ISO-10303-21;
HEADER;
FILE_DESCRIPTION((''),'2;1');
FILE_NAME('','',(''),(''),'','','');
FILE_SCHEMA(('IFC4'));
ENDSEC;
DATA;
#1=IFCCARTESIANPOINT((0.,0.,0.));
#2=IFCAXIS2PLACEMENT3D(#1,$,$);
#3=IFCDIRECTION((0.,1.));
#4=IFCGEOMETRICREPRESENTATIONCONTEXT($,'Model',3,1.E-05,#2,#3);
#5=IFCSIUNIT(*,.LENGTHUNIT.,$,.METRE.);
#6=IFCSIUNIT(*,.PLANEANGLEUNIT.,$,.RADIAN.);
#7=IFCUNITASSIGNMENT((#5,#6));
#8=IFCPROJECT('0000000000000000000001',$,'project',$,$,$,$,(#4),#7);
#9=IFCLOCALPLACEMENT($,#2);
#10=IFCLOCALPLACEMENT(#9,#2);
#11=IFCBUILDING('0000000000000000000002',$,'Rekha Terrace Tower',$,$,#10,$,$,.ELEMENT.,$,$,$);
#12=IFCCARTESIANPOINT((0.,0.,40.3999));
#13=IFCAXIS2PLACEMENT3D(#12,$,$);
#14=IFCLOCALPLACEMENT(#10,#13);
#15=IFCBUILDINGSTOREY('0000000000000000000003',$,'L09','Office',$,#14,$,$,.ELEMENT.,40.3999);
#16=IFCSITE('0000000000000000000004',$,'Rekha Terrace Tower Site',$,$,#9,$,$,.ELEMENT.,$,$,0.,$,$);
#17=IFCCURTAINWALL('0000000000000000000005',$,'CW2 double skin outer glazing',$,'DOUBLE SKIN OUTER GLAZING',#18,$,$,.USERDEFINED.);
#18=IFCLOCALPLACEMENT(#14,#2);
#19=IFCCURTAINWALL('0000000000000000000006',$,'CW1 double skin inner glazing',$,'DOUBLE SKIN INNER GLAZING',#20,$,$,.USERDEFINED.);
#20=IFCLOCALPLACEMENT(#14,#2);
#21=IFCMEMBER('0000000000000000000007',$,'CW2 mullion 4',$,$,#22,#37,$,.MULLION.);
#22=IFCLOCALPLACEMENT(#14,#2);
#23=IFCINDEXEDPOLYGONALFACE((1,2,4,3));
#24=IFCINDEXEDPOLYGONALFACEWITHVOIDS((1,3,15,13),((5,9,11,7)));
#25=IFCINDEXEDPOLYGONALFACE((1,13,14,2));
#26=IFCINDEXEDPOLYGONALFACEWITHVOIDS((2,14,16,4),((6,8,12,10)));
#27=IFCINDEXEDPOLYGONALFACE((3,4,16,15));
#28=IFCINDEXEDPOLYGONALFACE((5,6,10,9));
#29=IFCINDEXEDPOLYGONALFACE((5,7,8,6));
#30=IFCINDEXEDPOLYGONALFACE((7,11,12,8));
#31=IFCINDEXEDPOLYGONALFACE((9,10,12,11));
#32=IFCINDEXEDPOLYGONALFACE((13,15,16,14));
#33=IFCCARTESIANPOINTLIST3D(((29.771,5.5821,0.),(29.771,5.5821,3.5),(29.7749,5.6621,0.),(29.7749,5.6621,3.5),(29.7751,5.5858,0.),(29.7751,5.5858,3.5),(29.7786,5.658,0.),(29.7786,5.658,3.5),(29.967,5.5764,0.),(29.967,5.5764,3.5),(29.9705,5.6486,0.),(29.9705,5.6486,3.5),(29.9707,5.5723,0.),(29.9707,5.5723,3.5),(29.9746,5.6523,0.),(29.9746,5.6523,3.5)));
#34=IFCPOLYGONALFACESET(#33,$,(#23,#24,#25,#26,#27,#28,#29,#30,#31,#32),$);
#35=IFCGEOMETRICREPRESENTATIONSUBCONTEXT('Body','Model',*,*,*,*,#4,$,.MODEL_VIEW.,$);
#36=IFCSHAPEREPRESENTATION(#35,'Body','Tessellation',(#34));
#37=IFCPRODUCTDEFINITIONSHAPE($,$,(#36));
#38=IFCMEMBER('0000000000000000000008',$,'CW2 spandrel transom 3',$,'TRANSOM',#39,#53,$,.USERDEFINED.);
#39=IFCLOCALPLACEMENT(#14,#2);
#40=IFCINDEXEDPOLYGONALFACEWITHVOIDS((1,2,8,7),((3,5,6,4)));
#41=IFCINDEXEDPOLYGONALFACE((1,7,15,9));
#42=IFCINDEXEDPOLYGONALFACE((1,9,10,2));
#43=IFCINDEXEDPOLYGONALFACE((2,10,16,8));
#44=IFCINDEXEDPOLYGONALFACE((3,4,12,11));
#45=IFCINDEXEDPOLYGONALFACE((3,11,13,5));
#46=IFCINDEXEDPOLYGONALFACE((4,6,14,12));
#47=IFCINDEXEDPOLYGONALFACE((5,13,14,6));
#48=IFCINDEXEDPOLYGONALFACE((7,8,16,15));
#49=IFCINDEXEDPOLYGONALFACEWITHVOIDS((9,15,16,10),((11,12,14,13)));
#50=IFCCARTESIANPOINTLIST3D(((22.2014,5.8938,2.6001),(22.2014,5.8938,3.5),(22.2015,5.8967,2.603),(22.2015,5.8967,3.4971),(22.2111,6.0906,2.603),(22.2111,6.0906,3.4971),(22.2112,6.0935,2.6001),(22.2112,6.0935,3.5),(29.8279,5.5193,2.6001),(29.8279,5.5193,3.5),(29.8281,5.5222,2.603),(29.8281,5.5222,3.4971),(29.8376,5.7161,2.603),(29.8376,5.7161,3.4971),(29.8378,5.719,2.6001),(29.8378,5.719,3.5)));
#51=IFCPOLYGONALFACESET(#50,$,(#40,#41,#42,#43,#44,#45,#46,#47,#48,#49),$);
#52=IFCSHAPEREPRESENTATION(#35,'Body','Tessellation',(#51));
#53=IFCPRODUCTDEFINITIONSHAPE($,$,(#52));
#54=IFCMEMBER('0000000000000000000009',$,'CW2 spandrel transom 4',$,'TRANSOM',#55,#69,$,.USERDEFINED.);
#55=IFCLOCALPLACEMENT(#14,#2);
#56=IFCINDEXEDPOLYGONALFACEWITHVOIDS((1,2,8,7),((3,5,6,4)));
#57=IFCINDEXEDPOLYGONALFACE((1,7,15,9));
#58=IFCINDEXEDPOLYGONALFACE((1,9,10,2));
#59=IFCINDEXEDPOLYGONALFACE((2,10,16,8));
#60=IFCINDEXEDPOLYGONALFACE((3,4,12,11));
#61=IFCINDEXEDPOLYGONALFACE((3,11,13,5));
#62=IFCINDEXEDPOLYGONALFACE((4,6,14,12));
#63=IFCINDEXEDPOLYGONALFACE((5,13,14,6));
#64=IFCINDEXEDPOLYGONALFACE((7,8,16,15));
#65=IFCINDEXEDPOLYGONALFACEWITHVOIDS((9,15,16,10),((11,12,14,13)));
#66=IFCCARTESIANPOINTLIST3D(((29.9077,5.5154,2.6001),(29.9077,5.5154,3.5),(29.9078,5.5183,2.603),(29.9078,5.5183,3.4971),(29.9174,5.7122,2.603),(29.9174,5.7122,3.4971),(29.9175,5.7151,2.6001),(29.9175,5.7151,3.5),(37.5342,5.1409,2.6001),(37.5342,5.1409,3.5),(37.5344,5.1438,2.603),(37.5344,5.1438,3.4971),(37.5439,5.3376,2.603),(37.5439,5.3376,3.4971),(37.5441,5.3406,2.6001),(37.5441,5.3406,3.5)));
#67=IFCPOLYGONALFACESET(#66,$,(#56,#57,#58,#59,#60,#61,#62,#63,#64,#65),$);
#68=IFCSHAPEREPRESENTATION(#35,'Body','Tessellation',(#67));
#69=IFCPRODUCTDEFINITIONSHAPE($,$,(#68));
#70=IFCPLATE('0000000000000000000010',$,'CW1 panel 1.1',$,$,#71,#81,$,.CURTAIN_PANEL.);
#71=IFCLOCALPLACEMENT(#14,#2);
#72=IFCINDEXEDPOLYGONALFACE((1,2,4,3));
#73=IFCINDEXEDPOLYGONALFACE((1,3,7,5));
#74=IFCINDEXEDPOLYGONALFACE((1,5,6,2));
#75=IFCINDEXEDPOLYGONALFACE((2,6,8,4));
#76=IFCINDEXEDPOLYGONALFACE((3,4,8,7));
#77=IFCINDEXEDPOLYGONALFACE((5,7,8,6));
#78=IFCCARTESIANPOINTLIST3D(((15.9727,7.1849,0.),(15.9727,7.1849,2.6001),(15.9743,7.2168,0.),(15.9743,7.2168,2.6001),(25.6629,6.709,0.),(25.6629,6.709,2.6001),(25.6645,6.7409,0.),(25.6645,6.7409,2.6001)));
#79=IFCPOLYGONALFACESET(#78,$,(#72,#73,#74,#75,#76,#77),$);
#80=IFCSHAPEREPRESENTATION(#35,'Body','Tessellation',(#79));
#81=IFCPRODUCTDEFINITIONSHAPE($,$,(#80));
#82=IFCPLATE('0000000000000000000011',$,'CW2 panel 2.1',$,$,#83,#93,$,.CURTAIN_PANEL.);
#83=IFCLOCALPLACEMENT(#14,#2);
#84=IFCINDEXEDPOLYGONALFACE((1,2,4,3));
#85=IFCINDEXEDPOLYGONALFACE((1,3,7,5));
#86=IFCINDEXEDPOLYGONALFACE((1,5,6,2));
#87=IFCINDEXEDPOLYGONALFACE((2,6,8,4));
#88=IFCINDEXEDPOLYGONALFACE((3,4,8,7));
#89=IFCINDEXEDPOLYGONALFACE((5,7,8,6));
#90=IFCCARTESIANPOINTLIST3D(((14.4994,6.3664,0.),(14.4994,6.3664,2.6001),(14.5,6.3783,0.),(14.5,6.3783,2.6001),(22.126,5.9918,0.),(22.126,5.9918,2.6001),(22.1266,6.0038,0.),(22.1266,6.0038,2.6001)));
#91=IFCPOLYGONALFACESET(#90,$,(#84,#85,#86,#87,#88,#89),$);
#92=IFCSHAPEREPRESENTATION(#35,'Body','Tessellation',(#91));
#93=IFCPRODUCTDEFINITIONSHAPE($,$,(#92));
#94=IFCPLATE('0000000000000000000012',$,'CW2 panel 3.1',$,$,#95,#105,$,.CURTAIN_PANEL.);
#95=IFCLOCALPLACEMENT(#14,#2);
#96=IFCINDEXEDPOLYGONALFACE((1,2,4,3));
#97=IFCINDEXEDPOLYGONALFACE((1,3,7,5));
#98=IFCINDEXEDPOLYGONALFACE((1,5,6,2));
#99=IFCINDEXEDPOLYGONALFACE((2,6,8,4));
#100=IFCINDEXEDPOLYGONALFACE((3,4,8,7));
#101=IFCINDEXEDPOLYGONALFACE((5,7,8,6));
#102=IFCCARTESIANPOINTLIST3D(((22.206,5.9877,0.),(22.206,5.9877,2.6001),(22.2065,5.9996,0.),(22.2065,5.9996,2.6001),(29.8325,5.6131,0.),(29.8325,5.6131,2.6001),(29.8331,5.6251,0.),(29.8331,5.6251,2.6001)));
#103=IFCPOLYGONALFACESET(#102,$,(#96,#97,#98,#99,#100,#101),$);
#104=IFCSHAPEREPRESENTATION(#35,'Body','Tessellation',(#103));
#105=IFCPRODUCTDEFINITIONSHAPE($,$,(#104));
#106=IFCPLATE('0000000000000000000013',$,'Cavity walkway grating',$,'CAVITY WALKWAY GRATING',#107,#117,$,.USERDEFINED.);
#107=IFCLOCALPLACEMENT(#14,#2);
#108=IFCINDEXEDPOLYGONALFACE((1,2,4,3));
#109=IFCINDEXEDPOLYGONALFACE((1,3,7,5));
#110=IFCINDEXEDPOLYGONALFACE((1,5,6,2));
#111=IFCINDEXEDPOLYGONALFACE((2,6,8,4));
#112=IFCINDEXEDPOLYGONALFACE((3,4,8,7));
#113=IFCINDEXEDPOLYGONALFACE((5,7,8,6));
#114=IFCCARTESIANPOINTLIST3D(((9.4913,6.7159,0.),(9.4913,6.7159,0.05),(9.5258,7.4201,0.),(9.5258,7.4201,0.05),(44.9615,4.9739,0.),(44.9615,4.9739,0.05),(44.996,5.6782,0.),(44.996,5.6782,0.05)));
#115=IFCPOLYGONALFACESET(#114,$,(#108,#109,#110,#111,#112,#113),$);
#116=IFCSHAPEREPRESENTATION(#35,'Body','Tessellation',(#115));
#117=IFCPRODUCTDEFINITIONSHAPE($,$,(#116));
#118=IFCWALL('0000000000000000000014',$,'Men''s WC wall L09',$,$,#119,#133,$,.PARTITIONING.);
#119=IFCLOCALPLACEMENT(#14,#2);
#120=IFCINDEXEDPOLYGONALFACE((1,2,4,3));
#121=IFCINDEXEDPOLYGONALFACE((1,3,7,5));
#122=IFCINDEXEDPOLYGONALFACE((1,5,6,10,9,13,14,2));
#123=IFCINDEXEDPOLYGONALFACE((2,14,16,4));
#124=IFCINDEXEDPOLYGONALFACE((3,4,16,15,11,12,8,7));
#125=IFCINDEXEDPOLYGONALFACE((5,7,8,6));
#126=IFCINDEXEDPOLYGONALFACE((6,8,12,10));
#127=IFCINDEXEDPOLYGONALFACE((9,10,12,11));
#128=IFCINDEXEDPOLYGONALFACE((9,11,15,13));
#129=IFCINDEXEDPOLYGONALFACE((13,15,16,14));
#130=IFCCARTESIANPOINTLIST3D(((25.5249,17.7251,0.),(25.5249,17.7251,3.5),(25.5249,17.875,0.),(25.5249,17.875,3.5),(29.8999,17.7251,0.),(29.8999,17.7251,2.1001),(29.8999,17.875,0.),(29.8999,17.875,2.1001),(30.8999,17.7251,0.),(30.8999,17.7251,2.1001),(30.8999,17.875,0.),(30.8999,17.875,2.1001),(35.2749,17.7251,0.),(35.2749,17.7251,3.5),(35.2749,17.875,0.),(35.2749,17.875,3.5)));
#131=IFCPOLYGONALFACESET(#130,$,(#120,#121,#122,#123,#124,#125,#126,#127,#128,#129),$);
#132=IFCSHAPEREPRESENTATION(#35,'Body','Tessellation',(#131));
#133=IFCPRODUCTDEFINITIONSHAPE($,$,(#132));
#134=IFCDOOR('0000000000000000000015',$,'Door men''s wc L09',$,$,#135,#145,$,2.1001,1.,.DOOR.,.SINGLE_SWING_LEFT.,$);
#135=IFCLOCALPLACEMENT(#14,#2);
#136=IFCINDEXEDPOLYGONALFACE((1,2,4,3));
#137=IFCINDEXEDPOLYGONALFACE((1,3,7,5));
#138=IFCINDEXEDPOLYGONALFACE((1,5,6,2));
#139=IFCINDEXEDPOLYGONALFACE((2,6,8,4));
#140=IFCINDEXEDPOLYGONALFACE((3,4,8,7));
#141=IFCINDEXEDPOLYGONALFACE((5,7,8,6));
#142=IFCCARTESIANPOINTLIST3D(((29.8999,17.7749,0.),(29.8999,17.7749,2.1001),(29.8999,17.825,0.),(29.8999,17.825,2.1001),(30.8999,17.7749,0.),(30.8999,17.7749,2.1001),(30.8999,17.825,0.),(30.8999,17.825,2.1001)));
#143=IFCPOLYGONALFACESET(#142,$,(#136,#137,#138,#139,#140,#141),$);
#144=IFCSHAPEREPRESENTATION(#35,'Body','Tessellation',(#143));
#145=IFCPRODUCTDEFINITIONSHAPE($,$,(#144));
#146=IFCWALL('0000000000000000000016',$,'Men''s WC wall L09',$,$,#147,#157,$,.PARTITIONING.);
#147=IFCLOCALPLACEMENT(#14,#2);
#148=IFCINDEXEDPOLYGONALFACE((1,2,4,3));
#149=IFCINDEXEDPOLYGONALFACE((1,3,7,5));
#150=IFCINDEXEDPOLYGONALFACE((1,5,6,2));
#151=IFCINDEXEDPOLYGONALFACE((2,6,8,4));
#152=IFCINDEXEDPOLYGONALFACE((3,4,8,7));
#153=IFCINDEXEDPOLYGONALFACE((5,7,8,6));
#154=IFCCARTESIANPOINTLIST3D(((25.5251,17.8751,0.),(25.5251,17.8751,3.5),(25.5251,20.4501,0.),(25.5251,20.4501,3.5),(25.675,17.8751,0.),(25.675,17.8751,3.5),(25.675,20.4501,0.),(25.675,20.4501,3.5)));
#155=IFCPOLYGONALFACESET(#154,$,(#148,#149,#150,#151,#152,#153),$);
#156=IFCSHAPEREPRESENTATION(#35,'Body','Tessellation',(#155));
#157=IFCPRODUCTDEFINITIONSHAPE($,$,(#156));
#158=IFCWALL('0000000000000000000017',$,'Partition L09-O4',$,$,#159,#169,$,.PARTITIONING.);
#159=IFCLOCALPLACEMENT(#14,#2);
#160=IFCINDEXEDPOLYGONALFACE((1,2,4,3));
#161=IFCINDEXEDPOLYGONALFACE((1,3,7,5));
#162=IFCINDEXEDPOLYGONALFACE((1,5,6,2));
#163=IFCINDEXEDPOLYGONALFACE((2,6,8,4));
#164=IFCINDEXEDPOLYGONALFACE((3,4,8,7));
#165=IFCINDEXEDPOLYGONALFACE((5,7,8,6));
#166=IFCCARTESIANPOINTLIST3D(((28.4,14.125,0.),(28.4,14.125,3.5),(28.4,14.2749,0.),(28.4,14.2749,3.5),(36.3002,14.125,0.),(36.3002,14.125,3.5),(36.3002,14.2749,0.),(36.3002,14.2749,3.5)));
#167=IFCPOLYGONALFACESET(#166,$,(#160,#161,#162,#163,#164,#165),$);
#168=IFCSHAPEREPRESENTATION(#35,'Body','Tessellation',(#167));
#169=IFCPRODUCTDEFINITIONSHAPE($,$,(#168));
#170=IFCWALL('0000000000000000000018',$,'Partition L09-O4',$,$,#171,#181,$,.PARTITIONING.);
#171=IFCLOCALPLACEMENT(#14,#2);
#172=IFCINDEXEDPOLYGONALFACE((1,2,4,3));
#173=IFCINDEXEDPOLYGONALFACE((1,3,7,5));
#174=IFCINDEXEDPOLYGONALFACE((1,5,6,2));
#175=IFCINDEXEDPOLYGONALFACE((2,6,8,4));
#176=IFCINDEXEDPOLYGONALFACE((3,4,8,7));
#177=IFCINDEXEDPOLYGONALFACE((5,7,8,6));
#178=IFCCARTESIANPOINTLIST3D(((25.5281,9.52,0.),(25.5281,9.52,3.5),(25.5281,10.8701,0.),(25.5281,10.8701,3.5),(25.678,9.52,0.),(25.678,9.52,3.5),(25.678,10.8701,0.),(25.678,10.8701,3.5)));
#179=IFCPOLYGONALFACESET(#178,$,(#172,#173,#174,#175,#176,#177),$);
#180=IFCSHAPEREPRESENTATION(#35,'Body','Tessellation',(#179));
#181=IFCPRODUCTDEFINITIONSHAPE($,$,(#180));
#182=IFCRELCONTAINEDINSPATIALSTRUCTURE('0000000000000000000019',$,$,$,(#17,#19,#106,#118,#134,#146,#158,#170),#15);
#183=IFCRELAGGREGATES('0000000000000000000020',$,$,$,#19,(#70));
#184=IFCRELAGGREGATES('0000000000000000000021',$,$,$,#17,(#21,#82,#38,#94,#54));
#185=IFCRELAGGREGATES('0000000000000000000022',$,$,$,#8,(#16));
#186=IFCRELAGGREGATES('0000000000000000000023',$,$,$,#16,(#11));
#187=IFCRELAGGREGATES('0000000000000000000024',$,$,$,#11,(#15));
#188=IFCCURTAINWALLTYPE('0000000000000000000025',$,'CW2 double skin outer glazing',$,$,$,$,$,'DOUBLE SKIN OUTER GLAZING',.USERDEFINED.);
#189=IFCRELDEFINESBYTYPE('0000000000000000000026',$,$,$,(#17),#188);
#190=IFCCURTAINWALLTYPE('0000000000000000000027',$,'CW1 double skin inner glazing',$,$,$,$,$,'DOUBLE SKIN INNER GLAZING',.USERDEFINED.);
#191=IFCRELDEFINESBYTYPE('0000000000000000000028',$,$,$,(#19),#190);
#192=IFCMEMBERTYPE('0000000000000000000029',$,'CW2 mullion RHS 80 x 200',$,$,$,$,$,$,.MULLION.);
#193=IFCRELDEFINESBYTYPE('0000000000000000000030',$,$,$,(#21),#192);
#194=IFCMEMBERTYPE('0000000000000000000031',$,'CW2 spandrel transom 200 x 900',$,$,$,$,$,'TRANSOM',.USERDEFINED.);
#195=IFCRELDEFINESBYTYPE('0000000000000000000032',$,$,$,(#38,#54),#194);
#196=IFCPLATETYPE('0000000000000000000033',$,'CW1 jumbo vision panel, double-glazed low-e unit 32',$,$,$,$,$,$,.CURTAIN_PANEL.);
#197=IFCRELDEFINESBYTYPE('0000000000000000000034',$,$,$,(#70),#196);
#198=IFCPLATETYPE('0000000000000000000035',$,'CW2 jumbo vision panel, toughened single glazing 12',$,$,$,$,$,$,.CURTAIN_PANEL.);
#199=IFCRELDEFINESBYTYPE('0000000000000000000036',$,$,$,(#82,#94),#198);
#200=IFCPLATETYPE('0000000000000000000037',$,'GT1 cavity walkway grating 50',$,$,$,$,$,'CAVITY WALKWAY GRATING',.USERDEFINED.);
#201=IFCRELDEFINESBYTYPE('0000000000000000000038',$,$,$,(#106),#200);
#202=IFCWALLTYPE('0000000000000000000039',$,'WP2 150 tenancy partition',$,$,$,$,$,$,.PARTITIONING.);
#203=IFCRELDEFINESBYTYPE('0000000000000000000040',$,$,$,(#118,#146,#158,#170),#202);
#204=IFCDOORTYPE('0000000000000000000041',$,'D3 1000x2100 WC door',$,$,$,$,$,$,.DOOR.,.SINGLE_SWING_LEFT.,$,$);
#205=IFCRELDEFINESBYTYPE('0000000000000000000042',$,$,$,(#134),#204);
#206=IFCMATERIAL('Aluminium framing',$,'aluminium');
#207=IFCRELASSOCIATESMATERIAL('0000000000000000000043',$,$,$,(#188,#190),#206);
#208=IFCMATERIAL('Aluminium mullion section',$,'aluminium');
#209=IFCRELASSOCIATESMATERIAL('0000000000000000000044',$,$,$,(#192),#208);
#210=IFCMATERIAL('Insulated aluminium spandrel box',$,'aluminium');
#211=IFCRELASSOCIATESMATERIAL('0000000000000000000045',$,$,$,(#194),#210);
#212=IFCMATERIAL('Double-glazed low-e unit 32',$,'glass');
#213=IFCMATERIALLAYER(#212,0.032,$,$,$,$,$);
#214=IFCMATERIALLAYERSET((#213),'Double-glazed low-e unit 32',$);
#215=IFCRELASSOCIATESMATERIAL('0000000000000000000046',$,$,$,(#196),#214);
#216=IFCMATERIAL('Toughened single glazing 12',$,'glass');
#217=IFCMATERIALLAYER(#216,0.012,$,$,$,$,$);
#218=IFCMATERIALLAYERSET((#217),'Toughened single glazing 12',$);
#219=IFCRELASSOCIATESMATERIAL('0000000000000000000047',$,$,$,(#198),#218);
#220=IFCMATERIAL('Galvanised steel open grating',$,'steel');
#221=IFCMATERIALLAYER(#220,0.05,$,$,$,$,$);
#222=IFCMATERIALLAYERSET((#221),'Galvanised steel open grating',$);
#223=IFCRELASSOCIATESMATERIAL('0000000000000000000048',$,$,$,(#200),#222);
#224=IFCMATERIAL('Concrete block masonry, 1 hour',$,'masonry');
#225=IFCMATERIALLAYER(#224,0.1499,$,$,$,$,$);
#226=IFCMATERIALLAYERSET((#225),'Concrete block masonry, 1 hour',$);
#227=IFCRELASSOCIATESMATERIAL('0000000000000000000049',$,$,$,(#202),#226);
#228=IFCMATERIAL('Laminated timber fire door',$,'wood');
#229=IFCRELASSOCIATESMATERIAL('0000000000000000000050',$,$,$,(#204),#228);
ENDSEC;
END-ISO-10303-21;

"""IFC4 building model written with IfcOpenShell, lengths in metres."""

from ifc_helpers import new_model, si_unit, direction, frame, frame_2d, origin, origin_2d, place, context, subcontext, project, spatial, rectangle, hollow_rectangle, extrude, material, layer, layer_set, material_profile, profile_set, type_object, element, fill, aggregate, save


model = new_model("IFC4")

# Units and contexts
model_context = context("Model", 3, precision=1e-05, world=origin(), true_north=direction((0.0, 1.0)))
body_context = subcontext(model_context, "Body", "Model", "MODEL_VIEW")
ifc_project = project(units=[si_unit("LENGTHUNIT", "METRE"), si_unit("PLANEANGLEUNIT", "RADIAN")], contexts=[model_context])

# Site, building, storey
site_placement = place(None, origin())
site = spatial("IfcSite", under=ifc_project, at=site_placement, Name="Rekha Terrace Tower Site", CompositionType="ELEMENT", RefElevation=0.0)
building_placement = place(site_placement, origin())
building = spatial("IfcBuilding", under=site, at=building_placement, Name="Rekha Terrace Tower", CompositionType="ELEMENT")
storey_placement = place(building_placement, frame((0.0, 0.0, 40.3999)))
storey = spatial("IfcBuildingStorey", under=building, at=storey_placement, Name="L09", Description="Office", CompositionType="ELEMENT", Elevation=40.3999)

# Curtain wall
ifc_material_1 = material(Name="Aluminium framing", Category="aluminium")
curtain_wall_type_1 = type_object("IfcCurtainWallType", Name="CW2 double skin outer glazing", ElementType="DOUBLE SKIN OUTER GLAZING", PredefinedType="USERDEFINED", material=ifc_material_1)
curtain_wall_1_placement = place(storey_placement, origin())
curtain_wall_1 = element("IfcCurtainWall", 1, at=curtain_wall_1_placement, inside=storey, type_object=curtain_wall_type_1, Name="CW2 double skin outer glazing", ObjectType="DOUBLE SKIN OUTER GLAZING", PredefinedType="USERDEFINED")

# Shared definitions
curtain_wall_type_2 = type_object("IfcCurtainWallType", Name="CW1 double skin inner glazing", ElementType="DOUBLE SKIN INNER GLAZING", PredefinedType="USERDEFINED", material=ifc_material_1)
ifc_material_2 = material(Name="Aluminium mullion section", Category="aluminium")

# Curtain wall
curtain_wall_2_placement = place(storey_placement, origin())
curtain_wall_2 = element("IfcCurtainWall", 2, at=curtain_wall_2_placement, inside=storey, type_object=curtain_wall_type_2, Name="CW1 double skin inner glazing", ObjectType="DOUBLE SKIN INNER GLAZING", PredefinedType="USERDEFINED")
ifc_material_3 = material(Name="Insulated aluminium spandrel box", Category="aluminium")

# Members
ifc_material_profile_1 = material_profile(ifc_material_2, hollow_rectangle(XDim=0.0801, YDim=0.2, WallThickness=0.0039, at=origin_2d()), Name="AL RHS 80x200")
ifc_profile_set_1 = profile_set([ifc_material_profile_1], Name="Aluminium mullion section")
member_type_1 = type_object("IfcMemberType", Name="CW2 mullion RHS 80 x 200", PredefinedType="MULLION", material=ifc_profile_set_1)
member_1_placement = place(storey_placement, frame((29.8728, 5.6172, 0.0), z_axis=(0.0, 0.0, 1.0), x_axis=(0.049052, 0.998796, 0.0)))
member_1 = element("IfcMember", 3, at=member_1_placement, type_object=member_type_1, Name="CW2 mullion 4", PredefinedType="MULLION", context=body_context, shape_type="SweptSolid", body=[
    extrude(hollow_rectangle(XDim=0.0801, YDim=0.2, WallThickness=0.0039, at=origin_2d()), origin(), (0.0, 0.0, 1.0), 3.5),
])
ifc_material_profile_2 = material_profile(ifc_material_3, hollow_rectangle(XDim=0.2, YDim=0.8999, WallThickness=0.0029, at=origin_2d()), Name="AL SPANDREL BOX 200x900")
ifc_profile_set_2 = profile_set([ifc_material_profile_2], Name="Insulated aluminium spandrel box")
member_type_2 = type_object("IfcMemberType", Name="CW2 spandrel transom 200 x 900", ElementType="TRANSOM", PredefinedType="USERDEFINED", material=ifc_profile_set_2)
member_2_placement = place(storey_placement, frame((22.2063, 5.9937, 3.05), z_axis=(0.998796, -0.049048, 0.0), x_axis=(0.049048, 0.998796, 0.0)))
member_2 = element("IfcMember", 4, at=member_2_placement, type_object=member_type_2, Name="CW2 spandrel transom 3", ObjectType="TRANSOM", PredefinedType="USERDEFINED", context=body_context, shape_type="SweptSolid", body=[
    extrude(hollow_rectangle(XDim=0.2, YDim=0.8999, WallThickness=0.0029, at=origin_2d()), origin(), (0.0, 0.0, 1.0), 7.6357),
])
member_3_placement = place(storey_placement, frame((29.9126, 5.6152, 3.05), z_axis=(0.998796, -0.049048, 0.0), x_axis=(0.049048, 0.998796, 0.0)))
member_3 = element("IfcMember", 5, at=member_3_placement, type_object=member_type_2, Name="CW2 spandrel transom 4", ObjectType="TRANSOM", PredefinedType="USERDEFINED", context=body_context, shape_type="SweptSolid", body=[
    extrude(hollow_rectangle(XDim=0.2, YDim=0.8999, WallThickness=0.0029, at=origin_2d()), origin(), (0.0, 0.0, 1.0), 7.6357),
])

# Plates
ifc_material_4 = material(Name="Double-glazed low-e unit 32", Category="glass")
ifc_layer_1 = layer(ifc_material_4, 0.032)
ifc_layer_set_1 = layer_set([ifc_layer_1], Name="Double-glazed low-e unit 32")
plate_type_1 = type_object("IfcPlateType", Name="CW1 jumbo vision panel, double-glazed low-e unit 32", PredefinedType="CURTAIN_PANEL", material=ifc_layer_set_1)
plate_1_placement = place(storey_placement, frame((20.8186, 6.9629, 0.0), z_axis=(0.0, 0.0, 1.0), x_axis=(0.998796, -0.049052, 0.0)))
plate_1 = element("IfcPlate", 6, at=plate_1_placement, type_object=plate_type_1, Name="CW1 panel 1.1", PredefinedType="CURTAIN_PANEL", context=body_context, shape_type="SweptSolid", body=[
    extrude(rectangle(XDim=9.7019, YDim=0.032, at=origin_2d()), origin(), (0.0, 0.0, 1.0), 2.6001),
])
aggregate(curtain_wall_2, [plate_1])
ifc_material_5 = material(Name="Toughened single glazing 12", Category="glass")
ifc_layer_2 = layer(ifc_material_5, 0.012)
ifc_layer_set_2 = layer_set([ifc_layer_2], Name="Toughened single glazing 12")
plate_type_2 = type_object("IfcPlateType", Name="CW2 jumbo vision panel, toughened single glazing 12", PredefinedType="CURTAIN_PANEL", material=ifc_layer_set_2)
plate_2_placement = place(storey_placement, frame((18.313, 6.1851, 0.0), z_axis=(0.0, 0.0, 1.0), x_axis=(0.998796, -0.049052, 0.0)))
plate_2 = element("IfcPlate", 7, at=plate_2_placement, type_object=plate_type_2, Name="CW2 panel 2.1", PredefinedType="CURTAIN_PANEL", context=body_context, shape_type="SweptSolid", body=[
    extrude(rectangle(XDim=7.6357, YDim=0.012, at=origin_2d()), origin(), (0.0, 0.0, 1.0), 2.6001),
])
plate_3_placement = place(storey_placement, frame((26.0195, 5.8064, 0.0), z_axis=(0.0, 0.0, 1.0), x_axis=(0.998796, -0.049052, 0.0)))
plate_3 = element("IfcPlate", 8, at=plate_3_placement, type_object=plate_type_2, Name="CW2 panel 3.1", PredefinedType="CURTAIN_PANEL", context=body_context, shape_type="SweptSolid", body=[
    extrude(rectangle(XDim=7.6357, YDim=0.012, at=origin_2d()), origin(), (0.0, 0.0, 1.0), 2.6001),
])
aggregate(curtain_wall_1, [member_1, plate_2, member_2, plate_3, member_3])
ifc_material_6 = material(Name="Galvanised steel open grating", Category="steel")
ifc_layer_3 = layer(ifc_material_6, 0.05)
ifc_layer_set_3 = layer_set([ifc_layer_3], Name="Galvanised steel open grating")
plate_type_3 = type_object("IfcPlateType", Name="GT1 cavity walkway grating 50", ElementType="CAVITY WALKWAY GRATING", PredefinedType="USERDEFINED", material=ifc_layer_set_3)
plate_4_placement = place(storey_placement, frame((27.2437, 6.197, 0.0), z_axis=(0.0, 0.0, 1.0), x_axis=(0.998796, -0.049052, 0.0)))
element("IfcPlate", 9, at=plate_4_placement, inside=storey, type_object=plate_type_3, Name="Cavity walkway grating", ObjectType="CAVITY WALKWAY GRATING", PredefinedType="USERDEFINED", context=body_context, shape_type="SweptSolid", body=[
    extrude(rectangle(XDim=35.5129, YDim=0.7051, at=origin_2d()), origin(), (0.0, 0.0, 1.0), 0.05),
])

# Wall, opening, door
ifc_material_7 = material(Name="Concrete block masonry, 1 hour", Category="masonry")
ifc_layer_4 = layer(ifc_material_7, 0.1499)
ifc_layer_set_4 = layer_set([ifc_layer_4], Name="Concrete block masonry, 1 hour")
wall_type_1 = type_object("IfcWallType", Name="WP2 150 tenancy partition", PredefinedType="PARTITIONING", material=ifc_layer_set_4)
wall_1_placement = place(storey_placement, frame((25.5249, 17.8, 0.0), z_axis=(0.0, 0.0, 1.0), x_axis=(1.0, 0.0, 0.0)))
wall_1 = element("IfcWall", 10, at=wall_1_placement, inside=storey, type_object=wall_type_1, Name="Men's WC wall L09", PredefinedType="PARTITIONING", context=body_context, shape_type="SweptSolid", body=[
    extrude(rectangle(XDim=9.75, YDim=0.1499, at=frame_2d((4.875, 0.0))), origin(), (0.0, 0.0, 1.0), 3.5),
])
opening_1_placement = place(wall_1_placement, frame((4.375, 0.0, 0.0)))
opening_1 = element("IfcOpeningElement", 11, at=opening_1_placement, cuts=wall_1, PredefinedType="OPENING", context=body_context, shape_type="SweptSolid", body=[
    extrude(rectangle(XDim=1.0, YDim=2.1001, at=frame_2d((0.5, 1.05))), frame((0.0, 0.085, 0.0), z_axis=(0.0, -1.0, 0.0), x_axis=(1.0, 0.0, 0.0)), (0.0, 0.0, 1.0), 0.1699),
])
ifc_material_8 = material(Name="Laminated timber fire door", Category="wood")
door_type_1 = type_object("IfcDoorType", Name="D3 1000x2100 WC door", OperationType="SINGLE_SWING_LEFT", PredefinedType="DOOR", material=ifc_material_8)
door_1_placement = place(opening_1_placement, origin())
door_1 = element("IfcDoor", 12, at=door_1_placement, inside=storey, type_object=door_type_1, Name="Door men's wc L09", OperationType="SINGLE_SWING_LEFT", OverallHeight=2.1001, OverallWidth=1.0, PredefinedType="DOOR", context=body_context, shape_type="SweptSolid", body=[
    extrude(rectangle(XDim=1.0, YDim=2.1001, at=frame_2d((0.5, 1.05))), frame((0.0, 0.0249, 0.0), z_axis=(0.0, -1.0, 0.0), x_axis=(1.0, 0.0, 0.0)), (0.0, 0.0, 1.0), 0.05),
])
fill(opening_1, door_1)

# Walls
wall_2_placement = place(storey_placement, frame((25.6001, 17.875, 0.0), z_axis=(0.0, 0.0, 1.0), x_axis=(0.0, 1.0, 0.0)))
element("IfcWall", 13, at=wall_2_placement, inside=storey, type_object=wall_type_1, Name="Men's WC wall L09", PredefinedType="PARTITIONING", context=body_context, shape_type="SweptSolid", body=[
    extrude(rectangle(XDim=2.575, YDim=0.1499, at=frame_2d((1.2876, 0.0))), origin(), (0.0, 0.0, 1.0), 3.5),
])
wall_3_placement = place(storey_placement, frame((28.3999, 14.2, 0.0), z_axis=(0.0, 0.0, 1.0), x_axis=(1.0, 0.0, 0.0)))
element("IfcWall", 14, at=wall_3_placement, inside=storey, type_object=wall_type_1, Name="Partition L09-O4", PredefinedType="PARTITIONING", context=body_context, shape_type="SweptSolid", body=[
    extrude(rectangle(XDim=7.9001, YDim=0.1499, at=frame_2d((3.9502, 0.0))), origin(), (0.0, 0.0, 1.0), 3.5),
])
wall_4_placement = place(storey_placement, frame((25.603, 10.8701, 0.0), z_axis=(0.0, 0.0, 1.0), x_axis=(0.0, -1.0, 0.0)))
element("IfcWall", 15, at=wall_4_placement, inside=storey, type_object=wall_type_1, Name="Partition L09-O4", PredefinedType="PARTITIONING", context=body_context, shape_type="SweptSolid", body=[
    extrude(rectangle(XDim=1.3501, YDim=0.1499, at=frame_2d((0.675, 0.0))), origin(), (0.0, 0.0, 1.0), 3.5),
])

save(model, "model.ifc")
